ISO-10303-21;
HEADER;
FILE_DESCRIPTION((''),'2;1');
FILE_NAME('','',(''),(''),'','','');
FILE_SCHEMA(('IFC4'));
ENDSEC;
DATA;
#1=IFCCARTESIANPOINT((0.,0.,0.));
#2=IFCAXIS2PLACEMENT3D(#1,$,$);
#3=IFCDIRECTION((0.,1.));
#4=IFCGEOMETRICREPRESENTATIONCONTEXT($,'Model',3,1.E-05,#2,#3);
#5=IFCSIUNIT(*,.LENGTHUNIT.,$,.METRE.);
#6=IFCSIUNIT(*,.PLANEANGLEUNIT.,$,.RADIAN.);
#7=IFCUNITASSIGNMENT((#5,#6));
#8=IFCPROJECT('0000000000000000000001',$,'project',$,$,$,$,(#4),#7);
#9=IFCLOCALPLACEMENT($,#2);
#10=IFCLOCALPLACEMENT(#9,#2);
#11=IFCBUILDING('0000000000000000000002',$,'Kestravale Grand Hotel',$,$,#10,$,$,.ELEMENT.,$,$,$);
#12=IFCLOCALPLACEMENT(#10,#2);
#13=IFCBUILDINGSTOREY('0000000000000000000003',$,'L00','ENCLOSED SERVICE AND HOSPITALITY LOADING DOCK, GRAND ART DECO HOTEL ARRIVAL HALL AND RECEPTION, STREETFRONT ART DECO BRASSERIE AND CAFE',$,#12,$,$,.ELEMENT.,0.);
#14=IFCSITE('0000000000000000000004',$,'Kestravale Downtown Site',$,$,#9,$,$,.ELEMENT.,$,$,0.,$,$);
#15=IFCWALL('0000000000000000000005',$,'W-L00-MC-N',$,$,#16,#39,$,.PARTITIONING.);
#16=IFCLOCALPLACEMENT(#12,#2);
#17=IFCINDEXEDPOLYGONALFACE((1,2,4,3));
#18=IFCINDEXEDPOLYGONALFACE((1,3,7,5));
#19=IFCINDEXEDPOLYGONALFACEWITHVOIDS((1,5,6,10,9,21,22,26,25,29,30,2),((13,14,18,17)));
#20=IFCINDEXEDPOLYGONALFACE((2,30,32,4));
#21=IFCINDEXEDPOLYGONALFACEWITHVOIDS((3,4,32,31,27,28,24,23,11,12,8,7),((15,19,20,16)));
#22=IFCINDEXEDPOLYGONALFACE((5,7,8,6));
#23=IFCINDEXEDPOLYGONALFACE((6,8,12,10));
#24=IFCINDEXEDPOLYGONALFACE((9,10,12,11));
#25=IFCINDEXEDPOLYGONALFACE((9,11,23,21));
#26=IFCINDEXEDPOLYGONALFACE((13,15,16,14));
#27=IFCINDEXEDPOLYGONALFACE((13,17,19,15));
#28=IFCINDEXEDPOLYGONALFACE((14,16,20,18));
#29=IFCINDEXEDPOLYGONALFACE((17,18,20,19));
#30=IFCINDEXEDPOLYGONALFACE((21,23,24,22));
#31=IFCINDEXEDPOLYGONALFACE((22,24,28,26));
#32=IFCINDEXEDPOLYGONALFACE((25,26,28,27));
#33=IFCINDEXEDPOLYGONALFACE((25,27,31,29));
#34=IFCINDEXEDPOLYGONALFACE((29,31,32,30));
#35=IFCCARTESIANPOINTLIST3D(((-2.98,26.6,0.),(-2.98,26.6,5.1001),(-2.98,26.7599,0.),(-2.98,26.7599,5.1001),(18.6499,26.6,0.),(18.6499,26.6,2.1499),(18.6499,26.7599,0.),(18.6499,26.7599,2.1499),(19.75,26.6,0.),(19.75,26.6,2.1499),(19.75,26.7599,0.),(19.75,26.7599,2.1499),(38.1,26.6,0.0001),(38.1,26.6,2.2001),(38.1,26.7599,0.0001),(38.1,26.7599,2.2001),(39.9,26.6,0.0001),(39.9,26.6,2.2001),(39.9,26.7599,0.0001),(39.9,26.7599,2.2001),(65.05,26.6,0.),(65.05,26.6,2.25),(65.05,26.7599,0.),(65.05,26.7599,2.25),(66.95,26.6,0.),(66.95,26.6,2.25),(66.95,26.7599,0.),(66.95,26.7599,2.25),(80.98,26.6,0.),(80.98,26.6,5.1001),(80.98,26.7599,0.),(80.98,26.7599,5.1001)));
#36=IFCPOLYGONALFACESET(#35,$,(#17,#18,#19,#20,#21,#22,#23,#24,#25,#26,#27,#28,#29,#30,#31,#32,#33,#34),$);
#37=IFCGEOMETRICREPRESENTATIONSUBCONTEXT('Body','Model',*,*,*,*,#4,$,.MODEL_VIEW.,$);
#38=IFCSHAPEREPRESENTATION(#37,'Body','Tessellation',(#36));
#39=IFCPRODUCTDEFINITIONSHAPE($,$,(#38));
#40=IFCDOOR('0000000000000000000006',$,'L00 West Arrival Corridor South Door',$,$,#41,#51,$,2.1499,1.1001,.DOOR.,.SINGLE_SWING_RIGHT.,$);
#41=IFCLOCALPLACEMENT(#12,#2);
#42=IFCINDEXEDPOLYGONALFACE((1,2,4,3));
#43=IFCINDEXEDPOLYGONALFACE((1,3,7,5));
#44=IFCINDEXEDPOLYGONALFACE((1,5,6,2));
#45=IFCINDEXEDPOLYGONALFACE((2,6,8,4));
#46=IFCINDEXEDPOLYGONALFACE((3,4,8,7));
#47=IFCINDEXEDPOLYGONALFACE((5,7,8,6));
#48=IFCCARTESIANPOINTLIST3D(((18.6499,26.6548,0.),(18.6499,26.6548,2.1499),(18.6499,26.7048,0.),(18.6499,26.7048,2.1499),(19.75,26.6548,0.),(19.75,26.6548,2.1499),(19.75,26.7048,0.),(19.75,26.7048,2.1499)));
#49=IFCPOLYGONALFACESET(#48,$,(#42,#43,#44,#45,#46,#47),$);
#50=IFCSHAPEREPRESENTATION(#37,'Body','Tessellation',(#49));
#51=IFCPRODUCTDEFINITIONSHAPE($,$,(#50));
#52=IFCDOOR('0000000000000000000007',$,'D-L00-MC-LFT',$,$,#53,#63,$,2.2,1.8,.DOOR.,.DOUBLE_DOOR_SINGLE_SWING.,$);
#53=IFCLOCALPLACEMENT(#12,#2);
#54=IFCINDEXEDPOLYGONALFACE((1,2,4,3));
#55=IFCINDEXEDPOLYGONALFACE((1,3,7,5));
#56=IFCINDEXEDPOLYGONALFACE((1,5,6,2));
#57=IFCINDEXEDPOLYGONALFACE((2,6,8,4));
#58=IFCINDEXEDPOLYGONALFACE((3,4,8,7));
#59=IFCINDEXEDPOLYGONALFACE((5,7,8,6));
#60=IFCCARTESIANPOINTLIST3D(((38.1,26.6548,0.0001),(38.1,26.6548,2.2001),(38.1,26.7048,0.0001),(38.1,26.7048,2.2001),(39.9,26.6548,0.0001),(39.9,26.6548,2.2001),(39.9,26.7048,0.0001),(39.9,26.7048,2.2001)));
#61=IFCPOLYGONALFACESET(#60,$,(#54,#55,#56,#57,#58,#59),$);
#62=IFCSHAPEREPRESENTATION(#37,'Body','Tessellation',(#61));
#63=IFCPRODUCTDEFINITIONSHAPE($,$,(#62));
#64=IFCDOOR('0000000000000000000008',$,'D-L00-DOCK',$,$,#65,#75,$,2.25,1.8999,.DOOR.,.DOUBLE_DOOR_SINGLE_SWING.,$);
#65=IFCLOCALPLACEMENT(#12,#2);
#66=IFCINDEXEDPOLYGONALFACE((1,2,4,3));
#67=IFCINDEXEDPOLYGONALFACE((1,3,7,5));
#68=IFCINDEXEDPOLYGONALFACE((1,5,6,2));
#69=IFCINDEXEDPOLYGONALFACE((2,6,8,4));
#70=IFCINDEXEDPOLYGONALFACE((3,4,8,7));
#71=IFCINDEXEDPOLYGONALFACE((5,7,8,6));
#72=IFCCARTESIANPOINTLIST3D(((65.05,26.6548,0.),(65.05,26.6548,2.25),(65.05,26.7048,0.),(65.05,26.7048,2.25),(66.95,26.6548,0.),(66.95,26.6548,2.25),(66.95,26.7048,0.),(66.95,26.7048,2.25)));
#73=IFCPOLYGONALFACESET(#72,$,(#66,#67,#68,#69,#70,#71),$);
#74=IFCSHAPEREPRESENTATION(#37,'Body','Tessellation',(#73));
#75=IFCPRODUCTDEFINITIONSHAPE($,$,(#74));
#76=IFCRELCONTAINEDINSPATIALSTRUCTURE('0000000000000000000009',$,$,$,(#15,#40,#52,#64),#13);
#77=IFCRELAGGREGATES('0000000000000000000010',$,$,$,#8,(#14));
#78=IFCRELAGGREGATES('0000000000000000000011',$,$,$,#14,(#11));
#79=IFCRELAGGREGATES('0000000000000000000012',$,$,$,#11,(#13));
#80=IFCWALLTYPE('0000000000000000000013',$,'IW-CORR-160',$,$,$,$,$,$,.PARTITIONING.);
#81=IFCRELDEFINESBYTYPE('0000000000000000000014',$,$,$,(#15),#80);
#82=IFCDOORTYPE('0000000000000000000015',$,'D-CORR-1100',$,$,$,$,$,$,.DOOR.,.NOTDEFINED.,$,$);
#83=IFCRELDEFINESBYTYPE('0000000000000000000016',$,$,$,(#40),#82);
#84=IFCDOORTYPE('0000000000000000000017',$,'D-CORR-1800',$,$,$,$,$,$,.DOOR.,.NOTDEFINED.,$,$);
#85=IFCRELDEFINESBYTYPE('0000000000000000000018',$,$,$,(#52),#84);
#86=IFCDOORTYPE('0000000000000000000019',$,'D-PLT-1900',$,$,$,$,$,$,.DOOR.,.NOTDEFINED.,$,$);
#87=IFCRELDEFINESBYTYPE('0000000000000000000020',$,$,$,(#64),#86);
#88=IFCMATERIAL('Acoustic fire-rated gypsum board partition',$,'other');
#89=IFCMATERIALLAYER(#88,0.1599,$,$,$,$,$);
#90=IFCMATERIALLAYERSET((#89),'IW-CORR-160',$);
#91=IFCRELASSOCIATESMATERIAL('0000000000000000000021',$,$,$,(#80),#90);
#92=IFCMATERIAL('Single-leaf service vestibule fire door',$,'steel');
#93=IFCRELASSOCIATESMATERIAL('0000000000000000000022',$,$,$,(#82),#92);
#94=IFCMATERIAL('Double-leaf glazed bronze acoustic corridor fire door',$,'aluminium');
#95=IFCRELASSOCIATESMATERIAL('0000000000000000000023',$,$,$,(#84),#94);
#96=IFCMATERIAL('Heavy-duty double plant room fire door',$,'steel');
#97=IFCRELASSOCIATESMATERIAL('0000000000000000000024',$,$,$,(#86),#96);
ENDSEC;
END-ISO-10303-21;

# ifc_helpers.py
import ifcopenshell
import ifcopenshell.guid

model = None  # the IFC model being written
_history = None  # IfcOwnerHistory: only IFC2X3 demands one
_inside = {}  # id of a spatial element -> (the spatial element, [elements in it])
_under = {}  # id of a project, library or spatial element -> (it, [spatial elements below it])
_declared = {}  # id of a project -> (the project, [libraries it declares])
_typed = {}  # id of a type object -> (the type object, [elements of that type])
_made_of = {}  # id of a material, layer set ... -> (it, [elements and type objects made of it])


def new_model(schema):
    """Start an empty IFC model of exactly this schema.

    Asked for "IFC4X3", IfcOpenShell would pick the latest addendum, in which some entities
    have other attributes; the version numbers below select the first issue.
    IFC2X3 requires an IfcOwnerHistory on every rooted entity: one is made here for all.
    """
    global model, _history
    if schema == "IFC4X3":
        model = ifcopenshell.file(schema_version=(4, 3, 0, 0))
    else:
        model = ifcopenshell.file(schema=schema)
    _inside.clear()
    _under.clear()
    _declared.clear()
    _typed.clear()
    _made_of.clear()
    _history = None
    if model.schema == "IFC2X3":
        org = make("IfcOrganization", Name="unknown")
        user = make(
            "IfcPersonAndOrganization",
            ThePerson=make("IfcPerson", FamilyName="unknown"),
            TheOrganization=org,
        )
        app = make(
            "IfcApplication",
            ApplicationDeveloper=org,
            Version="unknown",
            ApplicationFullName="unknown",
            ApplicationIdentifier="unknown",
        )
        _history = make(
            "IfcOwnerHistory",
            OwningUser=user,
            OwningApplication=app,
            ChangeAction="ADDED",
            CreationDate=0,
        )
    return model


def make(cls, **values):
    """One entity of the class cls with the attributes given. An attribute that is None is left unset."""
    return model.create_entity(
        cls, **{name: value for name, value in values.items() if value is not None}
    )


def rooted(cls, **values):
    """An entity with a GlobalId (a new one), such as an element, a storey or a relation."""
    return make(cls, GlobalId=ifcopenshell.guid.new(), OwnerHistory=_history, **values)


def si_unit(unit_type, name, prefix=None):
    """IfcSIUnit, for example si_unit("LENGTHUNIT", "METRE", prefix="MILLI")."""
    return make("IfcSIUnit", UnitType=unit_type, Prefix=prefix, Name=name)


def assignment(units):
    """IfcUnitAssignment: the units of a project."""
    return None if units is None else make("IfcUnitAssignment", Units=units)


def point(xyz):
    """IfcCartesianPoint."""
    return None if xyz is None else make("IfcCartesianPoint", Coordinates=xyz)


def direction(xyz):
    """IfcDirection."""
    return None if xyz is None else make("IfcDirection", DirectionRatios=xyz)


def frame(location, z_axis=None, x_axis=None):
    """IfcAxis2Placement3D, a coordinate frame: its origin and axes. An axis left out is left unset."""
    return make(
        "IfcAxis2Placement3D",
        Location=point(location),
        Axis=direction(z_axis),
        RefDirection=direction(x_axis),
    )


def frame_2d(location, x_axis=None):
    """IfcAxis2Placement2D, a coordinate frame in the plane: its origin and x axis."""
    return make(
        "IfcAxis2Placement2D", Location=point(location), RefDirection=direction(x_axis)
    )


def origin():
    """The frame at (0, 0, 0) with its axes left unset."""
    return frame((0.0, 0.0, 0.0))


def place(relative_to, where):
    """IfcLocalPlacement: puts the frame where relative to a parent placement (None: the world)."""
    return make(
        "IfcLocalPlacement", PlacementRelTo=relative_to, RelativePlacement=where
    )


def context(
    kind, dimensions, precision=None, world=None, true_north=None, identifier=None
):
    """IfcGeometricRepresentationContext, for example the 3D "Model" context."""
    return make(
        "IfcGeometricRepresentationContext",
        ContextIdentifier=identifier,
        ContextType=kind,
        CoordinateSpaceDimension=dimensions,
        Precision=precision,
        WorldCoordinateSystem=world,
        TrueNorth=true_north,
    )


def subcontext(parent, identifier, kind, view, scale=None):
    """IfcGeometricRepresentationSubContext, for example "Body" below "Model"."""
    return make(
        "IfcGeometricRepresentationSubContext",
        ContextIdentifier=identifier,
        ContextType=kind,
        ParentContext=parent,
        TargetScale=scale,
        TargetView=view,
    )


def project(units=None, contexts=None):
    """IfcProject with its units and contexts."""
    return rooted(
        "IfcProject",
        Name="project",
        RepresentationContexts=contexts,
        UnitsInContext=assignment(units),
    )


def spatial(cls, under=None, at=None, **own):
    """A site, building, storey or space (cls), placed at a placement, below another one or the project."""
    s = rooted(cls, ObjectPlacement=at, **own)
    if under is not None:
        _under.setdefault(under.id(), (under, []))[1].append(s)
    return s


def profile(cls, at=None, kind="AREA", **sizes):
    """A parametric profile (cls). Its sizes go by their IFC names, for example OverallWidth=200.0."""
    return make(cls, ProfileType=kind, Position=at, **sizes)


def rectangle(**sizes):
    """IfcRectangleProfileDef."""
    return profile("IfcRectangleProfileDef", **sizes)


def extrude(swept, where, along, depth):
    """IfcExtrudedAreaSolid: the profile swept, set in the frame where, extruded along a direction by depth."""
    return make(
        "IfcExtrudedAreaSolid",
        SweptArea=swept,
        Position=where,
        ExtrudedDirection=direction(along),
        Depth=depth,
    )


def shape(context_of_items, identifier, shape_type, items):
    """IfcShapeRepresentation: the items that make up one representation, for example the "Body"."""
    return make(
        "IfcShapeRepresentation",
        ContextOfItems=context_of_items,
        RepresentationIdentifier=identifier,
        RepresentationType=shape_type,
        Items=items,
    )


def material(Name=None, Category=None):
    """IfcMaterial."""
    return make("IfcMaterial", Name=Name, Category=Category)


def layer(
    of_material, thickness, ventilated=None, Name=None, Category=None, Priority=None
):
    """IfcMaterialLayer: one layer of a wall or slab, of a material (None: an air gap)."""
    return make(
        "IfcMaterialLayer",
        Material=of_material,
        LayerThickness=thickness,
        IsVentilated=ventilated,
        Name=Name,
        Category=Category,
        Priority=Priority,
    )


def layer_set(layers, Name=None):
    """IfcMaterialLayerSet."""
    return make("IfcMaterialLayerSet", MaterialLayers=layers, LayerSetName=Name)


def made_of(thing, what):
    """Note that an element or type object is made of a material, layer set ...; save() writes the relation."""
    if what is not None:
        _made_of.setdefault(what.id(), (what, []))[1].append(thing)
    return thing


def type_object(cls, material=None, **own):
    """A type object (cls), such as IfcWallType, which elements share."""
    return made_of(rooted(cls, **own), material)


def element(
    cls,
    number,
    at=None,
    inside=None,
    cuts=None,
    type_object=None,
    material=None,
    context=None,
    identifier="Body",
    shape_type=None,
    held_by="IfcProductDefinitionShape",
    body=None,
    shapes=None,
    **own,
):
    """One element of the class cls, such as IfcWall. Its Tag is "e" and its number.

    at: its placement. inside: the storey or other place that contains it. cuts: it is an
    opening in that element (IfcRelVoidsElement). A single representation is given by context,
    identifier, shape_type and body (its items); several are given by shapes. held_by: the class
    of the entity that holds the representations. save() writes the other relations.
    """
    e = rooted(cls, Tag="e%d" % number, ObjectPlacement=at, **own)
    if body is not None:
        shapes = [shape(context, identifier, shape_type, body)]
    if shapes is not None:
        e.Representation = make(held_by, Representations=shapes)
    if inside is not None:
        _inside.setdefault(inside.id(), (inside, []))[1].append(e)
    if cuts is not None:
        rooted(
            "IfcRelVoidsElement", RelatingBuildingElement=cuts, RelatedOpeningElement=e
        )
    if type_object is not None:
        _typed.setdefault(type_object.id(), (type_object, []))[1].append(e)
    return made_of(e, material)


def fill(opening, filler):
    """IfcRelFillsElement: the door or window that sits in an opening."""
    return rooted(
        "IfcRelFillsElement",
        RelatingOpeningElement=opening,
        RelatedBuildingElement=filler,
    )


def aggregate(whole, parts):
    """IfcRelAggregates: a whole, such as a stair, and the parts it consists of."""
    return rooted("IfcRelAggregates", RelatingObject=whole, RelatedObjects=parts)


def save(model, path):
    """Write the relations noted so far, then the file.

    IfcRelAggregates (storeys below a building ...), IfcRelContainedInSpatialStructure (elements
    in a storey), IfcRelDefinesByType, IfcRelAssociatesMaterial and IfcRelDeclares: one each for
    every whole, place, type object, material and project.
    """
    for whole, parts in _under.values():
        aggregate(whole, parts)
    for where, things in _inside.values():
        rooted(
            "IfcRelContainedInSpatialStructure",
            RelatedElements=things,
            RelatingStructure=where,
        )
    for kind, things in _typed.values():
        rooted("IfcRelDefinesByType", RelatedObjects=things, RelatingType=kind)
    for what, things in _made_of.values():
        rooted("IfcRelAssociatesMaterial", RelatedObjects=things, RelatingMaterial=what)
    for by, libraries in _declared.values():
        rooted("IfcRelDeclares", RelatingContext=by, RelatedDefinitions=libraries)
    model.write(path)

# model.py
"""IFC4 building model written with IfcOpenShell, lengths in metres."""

from ifc_helpers import new_model, si_unit, direction, frame, frame_2d, origin, place, context, subcontext, project, spatial, rectangle, extrude, material, layer, layer_set, type_object, element, fill, save


model = new_model("IFC4")

# Units and contexts
model_context = context("Model", 3, precision=1e-05, world=origin(), true_north=direction((0.0, 1.0)))
body_context = subcontext(model_context, "Body", "Model", "MODEL_VIEW")
ifc_project = project(units=[si_unit("LENGTHUNIT", "METRE"), si_unit("PLANEANGLEUNIT", "RADIAN")], contexts=[model_context])

# Site, building, storey
site_placement = place(None, origin())
site = spatial("IfcSite", under=ifc_project, at=site_placement, Name="Kestravale Downtown Site", CompositionType="ELEMENT", RefElevation=0.0)
building_placement = place(site_placement, origin())
building = spatial("IfcBuilding", under=site, at=building_placement, Name="Kestravale Grand Hotel", CompositionType="ELEMENT")
storey_placement = place(building_placement, origin())
storey = spatial("IfcBuildingStorey", under=building, at=storey_placement, Name="L00", Description="ENCLOSED SERVICE AND HOSPITALITY LOADING DOCK, GRAND ART DECO HOTEL ARRIVAL HALL AND RECEPTION, STREETFRONT ART DECO BRASSERIE AND CAFE", CompositionType="ELEMENT", Elevation=0.0)

# Wall, openings, doors
ifc_material_1 = material(Name="Acoustic fire-rated gypsum board partition", Category="other")
ifc_layer = layer(ifc_material_1, 0.1599)
ifc_layer_set = layer_set([ifc_layer], Name="IW-CORR-160")
wall_type = type_object("IfcWallType", Name="IW-CORR-160", PredefinedType="PARTITIONING", material=ifc_layer_set)
ifc_material_2 = material(Name="Single-leaf service vestibule fire door", Category="steel")
door_type_1 = type_object("IfcDoorType", Name="D-CORR-1100", OperationType="NOTDEFINED", PredefinedType="DOOR", material=ifc_material_2)
ifc_material_3 = material(Name="Double-leaf glazed bronze acoustic corridor fire door", Category="aluminium")
door_type_2 = type_object("IfcDoorType", Name="D-CORR-1800", OperationType="NOTDEFINED", PredefinedType="DOOR", material=ifc_material_3)
wall_1_placement = place(storey_placement, frame((-2.98, 26.6799, 0.0), z_axis=(0.0, 0.0, 1.0), x_axis=(1.0, 0.0, 0.0)))
wall_1 = element("IfcWall", 1, at=wall_1_placement, inside=storey, type_object=wall_type, Name="W-L00-MC-N", PredefinedType="PARTITIONING", context=body_context, shape_type="SweptSolid", body=[
    extrude(rectangle(XDim=83.96, YDim=0.1599, at=frame_2d((41.98, 0.0))), origin(), (0.0, 0.0, 1.0), 5.1001),
])
opening_1_placement = place(wall_1_placement, frame((41.0801, 0.0, 0.0)))
opening_1 = element("IfcOpeningElement", 2, at=opening_1_placement, cuts=wall_1, PredefinedType="OPENING", context=body_context, shape_type="SweptSolid", body=[
    extrude(rectangle(XDim=1.8, YDim=2.2, at=frame_2d((0.8999, 1.1001))), frame((0.0, 0.0898, 0.0), z_axis=(0.0, -1.0, 0.0), x_axis=(1.0, 0.0, 0.0)), (0.0, 0.0, 1.0), 0.1799),
])
opening_2_placement = place(wall_1_placement, frame((21.6299, 0.0, 0.0)))
opening_2 = element("IfcOpeningElement", 3, at=opening_2_placement, cuts=wall_1, PredefinedType="OPENING", context=body_context, shape_type="SweptSolid", body=[
    extrude(rectangle(XDim=1.1001, YDim=2.1499, at=frame_2d((0.55, 1.075))), frame((0.0, 0.0898, 0.0), z_axis=(0.0, -1.0, 0.0), x_axis=(1.0, 0.0, 0.0)), (0.0, 0.0, 1.0), 0.1799),
])
opening_3_placement = place(wall_1_placement, frame((68.03, 0.0, 0.0)))
opening_3 = element("IfcOpeningElement", 4, at=opening_3_placement, cuts=wall_1, PredefinedType="OPENING", context=body_context, shape_type="SweptSolid", body=[
    extrude(rectangle(XDim=1.8999, YDim=2.25, at=frame_2d((0.95, 1.125))), frame((0.0, 0.0898, 0.0), z_axis=(0.0, -1.0, 0.0), x_axis=(1.0, 0.0, 0.0)), (0.0, 0.0, 1.0), 0.1799),
])
door_1_placement = place(opening_2_placement, origin())
door_1 = element("IfcDoor", 5, at=door_1_placement, inside=storey, type_object=door_type_1, Name="L00 West Arrival Corridor South Door", OperationType="SINGLE_SWING_RIGHT", OverallHeight=2.1499, OverallWidth=1.1001, PredefinedType="DOOR", context=body_context, shape_type="SweptSolid", body=[
    extrude(rectangle(XDim=1.1001, YDim=2.1499, at=frame_2d((0.55, 1.075))), frame((0.0, 0.0249, 0.0), z_axis=(0.0, -1.0, 0.0), x_axis=(1.0, 0.0, 0.0)), (0.0, 0.0, 1.0), 0.05),
])
fill(opening_2, door_1)
door_2_placement = place(opening_1_placement, origin())
door_2 = element("IfcDoor", 6, at=door_2_placement, inside=storey, type_object=door_type_2, Name="D-L00-MC-LFT", OperationType="DOUBLE_DOOR_SINGLE_SWING", OverallHeight=2.2, OverallWidth=1.8, PredefinedType="DOOR", context=body_context, shape_type="SweptSolid", body=[
    extrude(rectangle(XDim=1.8, YDim=2.2, at=frame_2d((0.8999, 1.1001))), frame((0.0, 0.0249, 0.0), z_axis=(0.0, -1.0, 0.0), x_axis=(1.0, 0.0, 0.0)), (0.0, 0.0, 1.0), 0.05),
])
fill(opening_1, door_2)
ifc_material_4 = material(Name="Heavy-duty double plant room fire door", Category="steel")
door_type_3 = type_object("IfcDoorType", Name="D-PLT-1900", OperationType="NOTDEFINED", PredefinedType="DOOR", material=ifc_material_4)
door_3_placement = place(opening_3_placement, origin())
door_3 = element("IfcDoor", 7, at=door_3_placement, inside=storey, type_object=door_type_3, Name="D-L00-DOCK", OperationType="DOUBLE_DOOR_SINGLE_SWING", OverallHeight=2.25, OverallWidth=1.8999, PredefinedType="DOOR", context=body_context, shape_type="SweptSolid", body=[
    extrude(rectangle(XDim=1.8999, YDim=2.25, at=frame_2d((0.95, 1.125))), frame((0.0, 0.0249, 0.0), z_axis=(0.0, -1.0, 0.0), x_axis=(1.0, 0.0, 0.0)), (0.0, 0.0, 1.0), 0.05),
])
fill(opening_3, door_3)

save(model, "model.ifc")
